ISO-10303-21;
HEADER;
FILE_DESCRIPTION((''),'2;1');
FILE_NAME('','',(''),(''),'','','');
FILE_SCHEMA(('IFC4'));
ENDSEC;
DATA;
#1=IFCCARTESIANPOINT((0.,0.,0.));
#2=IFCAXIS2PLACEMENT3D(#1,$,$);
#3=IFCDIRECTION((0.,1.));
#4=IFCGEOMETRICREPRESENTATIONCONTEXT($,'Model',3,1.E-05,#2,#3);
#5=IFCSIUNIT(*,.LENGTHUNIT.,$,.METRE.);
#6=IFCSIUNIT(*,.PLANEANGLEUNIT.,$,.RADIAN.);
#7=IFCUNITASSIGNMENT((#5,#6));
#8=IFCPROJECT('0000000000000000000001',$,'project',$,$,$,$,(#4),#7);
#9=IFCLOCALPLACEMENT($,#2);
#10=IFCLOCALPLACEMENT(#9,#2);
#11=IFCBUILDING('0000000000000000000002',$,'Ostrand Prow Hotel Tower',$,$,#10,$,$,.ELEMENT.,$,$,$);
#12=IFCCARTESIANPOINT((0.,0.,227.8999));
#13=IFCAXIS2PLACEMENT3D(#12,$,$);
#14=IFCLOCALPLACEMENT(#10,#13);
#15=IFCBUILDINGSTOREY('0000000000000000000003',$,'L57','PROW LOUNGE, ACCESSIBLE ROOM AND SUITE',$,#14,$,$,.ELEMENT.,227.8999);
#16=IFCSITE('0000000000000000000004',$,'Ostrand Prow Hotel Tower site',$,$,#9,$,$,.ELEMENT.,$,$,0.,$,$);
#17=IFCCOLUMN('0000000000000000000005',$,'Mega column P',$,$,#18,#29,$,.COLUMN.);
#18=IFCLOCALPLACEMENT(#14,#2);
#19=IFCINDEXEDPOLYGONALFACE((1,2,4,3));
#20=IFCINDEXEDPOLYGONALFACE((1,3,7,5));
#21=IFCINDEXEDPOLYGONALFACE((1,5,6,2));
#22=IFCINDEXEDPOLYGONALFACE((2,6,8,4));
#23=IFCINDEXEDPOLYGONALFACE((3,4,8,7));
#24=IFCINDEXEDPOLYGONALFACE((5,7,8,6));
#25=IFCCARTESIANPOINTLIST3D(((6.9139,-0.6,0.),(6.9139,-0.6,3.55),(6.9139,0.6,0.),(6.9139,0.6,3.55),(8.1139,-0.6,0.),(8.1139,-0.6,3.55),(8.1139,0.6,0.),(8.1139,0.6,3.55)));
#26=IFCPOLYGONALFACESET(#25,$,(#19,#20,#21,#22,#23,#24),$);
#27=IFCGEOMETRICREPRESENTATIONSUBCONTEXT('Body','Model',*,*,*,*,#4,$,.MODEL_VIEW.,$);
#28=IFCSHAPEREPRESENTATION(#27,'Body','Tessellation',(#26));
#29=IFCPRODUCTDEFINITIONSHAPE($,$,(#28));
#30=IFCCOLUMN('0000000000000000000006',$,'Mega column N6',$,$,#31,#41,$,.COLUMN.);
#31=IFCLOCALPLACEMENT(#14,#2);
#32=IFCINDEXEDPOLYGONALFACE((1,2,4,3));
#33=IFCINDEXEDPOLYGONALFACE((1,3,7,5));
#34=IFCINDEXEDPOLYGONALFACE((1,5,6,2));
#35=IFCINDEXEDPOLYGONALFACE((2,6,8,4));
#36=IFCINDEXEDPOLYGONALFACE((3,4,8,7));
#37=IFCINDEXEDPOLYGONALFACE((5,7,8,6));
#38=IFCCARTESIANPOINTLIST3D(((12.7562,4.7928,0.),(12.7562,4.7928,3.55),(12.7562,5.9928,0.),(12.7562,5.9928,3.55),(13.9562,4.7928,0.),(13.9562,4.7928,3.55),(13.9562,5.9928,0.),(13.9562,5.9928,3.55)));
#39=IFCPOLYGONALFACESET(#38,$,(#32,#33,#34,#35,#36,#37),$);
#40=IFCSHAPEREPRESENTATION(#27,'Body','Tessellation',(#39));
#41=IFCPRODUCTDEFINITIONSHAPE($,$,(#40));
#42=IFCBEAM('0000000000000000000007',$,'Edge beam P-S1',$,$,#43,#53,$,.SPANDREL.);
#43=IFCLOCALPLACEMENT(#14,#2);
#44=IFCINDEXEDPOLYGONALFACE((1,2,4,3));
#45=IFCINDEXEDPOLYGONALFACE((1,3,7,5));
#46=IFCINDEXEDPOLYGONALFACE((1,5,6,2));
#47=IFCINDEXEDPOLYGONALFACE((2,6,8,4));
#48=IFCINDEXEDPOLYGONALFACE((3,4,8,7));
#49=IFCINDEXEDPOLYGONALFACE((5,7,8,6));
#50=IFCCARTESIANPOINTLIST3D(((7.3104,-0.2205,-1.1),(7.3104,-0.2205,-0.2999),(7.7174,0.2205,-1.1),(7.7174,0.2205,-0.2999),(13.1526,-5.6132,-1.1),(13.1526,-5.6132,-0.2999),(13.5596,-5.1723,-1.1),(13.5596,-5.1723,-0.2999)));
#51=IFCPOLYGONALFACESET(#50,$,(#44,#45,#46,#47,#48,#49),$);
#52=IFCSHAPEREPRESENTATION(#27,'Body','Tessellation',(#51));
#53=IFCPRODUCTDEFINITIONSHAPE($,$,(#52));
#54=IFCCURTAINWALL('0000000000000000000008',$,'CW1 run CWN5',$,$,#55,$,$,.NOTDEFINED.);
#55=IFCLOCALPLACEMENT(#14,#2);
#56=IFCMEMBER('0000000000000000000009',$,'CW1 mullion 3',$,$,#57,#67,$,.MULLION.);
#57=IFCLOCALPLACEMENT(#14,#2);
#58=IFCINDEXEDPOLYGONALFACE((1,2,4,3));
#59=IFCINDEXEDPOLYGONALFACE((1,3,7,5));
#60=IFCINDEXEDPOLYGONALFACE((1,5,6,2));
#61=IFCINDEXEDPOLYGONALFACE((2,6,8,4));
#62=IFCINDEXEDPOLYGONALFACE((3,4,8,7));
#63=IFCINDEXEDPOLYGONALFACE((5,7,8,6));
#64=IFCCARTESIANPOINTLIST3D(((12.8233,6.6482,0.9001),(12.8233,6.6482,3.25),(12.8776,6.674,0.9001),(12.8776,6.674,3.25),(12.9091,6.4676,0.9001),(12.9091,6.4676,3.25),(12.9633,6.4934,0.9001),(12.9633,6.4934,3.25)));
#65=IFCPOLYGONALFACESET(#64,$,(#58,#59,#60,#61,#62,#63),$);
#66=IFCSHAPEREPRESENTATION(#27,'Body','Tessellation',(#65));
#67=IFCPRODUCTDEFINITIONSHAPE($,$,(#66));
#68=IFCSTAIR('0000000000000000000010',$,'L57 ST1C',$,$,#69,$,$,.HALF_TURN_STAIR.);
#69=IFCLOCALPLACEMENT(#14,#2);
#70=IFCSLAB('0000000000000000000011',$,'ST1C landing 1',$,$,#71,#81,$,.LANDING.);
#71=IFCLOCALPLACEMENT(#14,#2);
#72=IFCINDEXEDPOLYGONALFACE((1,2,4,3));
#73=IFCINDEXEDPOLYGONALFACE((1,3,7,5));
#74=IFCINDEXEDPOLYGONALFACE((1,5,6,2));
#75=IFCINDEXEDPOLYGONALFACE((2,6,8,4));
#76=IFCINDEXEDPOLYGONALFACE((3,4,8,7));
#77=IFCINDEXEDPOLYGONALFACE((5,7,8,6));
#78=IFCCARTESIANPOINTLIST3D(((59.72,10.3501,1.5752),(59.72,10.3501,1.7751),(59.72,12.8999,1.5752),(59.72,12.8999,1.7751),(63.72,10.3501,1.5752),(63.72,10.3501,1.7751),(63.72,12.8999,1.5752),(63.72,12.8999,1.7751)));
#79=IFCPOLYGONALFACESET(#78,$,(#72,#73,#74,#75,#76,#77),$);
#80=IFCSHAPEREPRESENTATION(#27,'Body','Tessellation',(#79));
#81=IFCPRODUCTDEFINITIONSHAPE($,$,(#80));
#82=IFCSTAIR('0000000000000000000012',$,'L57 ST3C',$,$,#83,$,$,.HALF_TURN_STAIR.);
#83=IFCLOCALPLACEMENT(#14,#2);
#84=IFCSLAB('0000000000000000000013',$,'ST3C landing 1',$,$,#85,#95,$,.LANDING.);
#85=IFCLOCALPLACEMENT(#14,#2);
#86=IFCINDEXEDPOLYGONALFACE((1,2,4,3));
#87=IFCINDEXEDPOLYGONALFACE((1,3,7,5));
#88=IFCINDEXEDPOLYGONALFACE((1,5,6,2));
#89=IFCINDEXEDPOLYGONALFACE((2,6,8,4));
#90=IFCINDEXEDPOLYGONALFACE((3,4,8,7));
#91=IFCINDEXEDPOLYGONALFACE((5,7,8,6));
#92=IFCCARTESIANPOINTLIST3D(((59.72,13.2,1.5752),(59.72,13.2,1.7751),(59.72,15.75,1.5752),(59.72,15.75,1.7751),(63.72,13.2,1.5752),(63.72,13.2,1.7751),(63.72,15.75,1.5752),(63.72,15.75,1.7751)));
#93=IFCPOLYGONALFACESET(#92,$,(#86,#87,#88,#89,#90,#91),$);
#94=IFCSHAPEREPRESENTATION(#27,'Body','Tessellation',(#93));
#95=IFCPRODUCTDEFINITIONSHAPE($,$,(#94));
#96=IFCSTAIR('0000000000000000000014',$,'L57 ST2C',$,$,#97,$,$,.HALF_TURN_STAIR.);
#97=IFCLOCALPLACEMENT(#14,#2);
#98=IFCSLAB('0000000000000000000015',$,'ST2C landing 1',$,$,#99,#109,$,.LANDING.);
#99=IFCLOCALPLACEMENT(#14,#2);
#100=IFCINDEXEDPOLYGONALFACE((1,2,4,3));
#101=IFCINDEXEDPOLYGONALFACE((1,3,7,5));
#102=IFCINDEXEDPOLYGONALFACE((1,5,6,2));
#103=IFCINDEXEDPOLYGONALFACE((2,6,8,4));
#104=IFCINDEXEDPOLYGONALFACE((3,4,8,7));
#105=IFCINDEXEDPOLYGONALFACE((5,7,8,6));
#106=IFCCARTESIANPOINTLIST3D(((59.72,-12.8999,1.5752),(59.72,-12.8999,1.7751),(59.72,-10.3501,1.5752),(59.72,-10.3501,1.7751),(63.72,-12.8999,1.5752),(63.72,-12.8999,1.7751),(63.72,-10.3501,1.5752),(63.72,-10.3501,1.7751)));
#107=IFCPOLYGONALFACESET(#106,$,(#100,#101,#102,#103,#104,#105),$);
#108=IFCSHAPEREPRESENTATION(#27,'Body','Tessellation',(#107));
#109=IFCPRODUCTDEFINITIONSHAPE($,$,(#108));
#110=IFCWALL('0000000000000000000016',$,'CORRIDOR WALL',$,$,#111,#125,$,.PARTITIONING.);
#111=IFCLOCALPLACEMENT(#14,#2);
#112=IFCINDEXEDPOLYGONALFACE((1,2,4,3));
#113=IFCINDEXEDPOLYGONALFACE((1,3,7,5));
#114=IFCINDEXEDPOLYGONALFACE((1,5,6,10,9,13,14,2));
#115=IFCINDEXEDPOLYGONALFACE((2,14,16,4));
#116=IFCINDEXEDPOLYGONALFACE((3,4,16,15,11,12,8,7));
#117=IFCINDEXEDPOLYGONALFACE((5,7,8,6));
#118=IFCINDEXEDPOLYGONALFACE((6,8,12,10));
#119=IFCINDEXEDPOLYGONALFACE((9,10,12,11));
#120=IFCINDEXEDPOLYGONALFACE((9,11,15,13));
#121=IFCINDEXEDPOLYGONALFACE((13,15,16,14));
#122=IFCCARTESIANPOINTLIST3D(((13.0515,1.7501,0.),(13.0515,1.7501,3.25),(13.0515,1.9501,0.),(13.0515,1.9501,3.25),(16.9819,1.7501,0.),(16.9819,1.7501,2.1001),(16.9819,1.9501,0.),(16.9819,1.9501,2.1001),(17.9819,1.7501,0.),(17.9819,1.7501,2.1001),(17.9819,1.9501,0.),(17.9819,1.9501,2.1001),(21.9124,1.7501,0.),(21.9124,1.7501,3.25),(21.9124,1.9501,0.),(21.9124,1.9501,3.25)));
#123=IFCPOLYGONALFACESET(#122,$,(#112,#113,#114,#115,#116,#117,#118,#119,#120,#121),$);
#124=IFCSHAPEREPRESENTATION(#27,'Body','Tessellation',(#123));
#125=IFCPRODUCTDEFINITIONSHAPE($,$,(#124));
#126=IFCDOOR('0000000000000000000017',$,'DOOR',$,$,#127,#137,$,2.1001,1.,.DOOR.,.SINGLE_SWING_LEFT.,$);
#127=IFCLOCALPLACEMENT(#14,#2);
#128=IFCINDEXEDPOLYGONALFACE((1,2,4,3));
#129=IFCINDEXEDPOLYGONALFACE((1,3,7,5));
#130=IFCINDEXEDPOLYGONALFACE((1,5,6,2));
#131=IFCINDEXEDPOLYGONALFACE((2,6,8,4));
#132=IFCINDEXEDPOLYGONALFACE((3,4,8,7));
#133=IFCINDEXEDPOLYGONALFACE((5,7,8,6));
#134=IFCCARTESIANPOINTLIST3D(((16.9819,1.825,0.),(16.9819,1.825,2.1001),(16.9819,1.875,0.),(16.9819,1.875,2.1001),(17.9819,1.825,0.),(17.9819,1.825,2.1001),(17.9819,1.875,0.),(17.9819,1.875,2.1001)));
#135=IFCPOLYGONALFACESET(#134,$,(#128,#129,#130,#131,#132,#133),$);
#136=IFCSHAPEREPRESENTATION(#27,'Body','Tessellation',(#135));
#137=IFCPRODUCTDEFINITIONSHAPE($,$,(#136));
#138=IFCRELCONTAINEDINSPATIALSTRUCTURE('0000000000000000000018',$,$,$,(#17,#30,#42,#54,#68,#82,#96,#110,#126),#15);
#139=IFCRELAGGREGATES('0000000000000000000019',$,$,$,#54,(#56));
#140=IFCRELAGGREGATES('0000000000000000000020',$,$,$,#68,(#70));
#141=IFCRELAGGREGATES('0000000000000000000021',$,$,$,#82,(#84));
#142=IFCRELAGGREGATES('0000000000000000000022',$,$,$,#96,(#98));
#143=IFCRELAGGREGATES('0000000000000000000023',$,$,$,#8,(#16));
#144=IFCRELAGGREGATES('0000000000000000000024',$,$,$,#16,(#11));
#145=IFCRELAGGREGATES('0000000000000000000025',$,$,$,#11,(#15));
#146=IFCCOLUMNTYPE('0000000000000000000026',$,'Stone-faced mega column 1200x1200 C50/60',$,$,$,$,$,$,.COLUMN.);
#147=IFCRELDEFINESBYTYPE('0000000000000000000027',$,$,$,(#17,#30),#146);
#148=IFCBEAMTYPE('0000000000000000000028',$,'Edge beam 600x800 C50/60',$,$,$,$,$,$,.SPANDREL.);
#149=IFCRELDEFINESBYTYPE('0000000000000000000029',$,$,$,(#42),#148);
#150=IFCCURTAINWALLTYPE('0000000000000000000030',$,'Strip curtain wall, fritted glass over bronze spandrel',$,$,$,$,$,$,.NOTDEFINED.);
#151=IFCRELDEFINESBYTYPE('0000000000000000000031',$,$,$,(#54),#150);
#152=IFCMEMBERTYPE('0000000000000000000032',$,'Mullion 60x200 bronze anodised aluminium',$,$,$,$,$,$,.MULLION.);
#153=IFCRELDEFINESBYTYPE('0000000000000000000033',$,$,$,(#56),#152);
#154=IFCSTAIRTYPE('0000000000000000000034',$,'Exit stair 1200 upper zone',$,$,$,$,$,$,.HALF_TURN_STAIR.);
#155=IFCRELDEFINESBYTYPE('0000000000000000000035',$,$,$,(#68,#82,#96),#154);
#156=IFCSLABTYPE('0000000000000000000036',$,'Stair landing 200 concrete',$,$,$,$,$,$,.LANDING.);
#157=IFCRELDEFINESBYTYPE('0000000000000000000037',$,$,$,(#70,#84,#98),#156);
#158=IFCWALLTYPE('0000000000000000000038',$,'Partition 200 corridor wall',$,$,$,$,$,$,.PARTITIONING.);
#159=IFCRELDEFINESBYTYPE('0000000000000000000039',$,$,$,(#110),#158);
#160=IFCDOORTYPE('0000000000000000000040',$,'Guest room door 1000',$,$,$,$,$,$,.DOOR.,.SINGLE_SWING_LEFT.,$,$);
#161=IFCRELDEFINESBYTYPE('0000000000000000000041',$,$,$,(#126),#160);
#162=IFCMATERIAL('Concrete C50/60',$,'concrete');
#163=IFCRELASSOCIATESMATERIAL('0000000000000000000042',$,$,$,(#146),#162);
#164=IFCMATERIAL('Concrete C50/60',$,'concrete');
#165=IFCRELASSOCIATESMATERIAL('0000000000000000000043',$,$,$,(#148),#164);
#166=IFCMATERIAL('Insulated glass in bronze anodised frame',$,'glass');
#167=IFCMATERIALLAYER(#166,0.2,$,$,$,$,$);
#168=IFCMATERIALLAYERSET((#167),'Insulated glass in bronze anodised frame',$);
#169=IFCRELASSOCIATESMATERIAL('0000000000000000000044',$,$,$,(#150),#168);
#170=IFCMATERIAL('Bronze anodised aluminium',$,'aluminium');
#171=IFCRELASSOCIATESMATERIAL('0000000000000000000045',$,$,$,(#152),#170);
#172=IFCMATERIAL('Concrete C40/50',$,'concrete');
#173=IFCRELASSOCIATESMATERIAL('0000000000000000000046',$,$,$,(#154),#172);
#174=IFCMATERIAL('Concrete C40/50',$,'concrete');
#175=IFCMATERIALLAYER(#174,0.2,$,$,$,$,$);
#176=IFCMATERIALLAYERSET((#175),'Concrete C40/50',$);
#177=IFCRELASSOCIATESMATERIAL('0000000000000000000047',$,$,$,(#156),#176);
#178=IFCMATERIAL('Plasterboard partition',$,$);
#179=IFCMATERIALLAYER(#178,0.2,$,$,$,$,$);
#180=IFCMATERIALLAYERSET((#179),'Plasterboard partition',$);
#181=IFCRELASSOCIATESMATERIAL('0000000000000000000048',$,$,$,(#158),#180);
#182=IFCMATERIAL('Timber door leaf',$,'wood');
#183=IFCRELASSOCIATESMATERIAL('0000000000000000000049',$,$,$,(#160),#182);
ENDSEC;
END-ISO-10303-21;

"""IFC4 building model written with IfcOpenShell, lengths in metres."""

from ifc_helpers import new_model, si_unit, direction, frame, frame_2d, origin, origin_2d, place, context, subcontext, project, spatial, polyline, rectangle, outline, extrude, material, layer, layer_set, material_profile, profile_set, type_object, element, fill, aggregate, save


model = new_model("IFC4")

# Units and contexts
model_context = context("Model", 3, precision=1e-05, world=origin(), true_north=direction((0.0, 1.0)))
body_context = subcontext(model_context, "Body", "Model", "MODEL_VIEW")
ifc_project = project(units=[si_unit("LENGTHUNIT", "METRE"), si_unit("PLANEANGLEUNIT", "RADIAN")], contexts=[model_context])

# Site, building, storey
site_placement = place(None, origin())
site = spatial("IfcSite", under=ifc_project, at=site_placement, Name="Ostrand Prow Hotel Tower site", CompositionType="ELEMENT", RefElevation=0.0)
building_placement = place(site_placement, origin())
building = spatial("IfcBuilding", under=site, at=building_placement, Name="Ostrand Prow Hotel Tower", CompositionType="ELEMENT")
storey_placement = place(building_placement, frame((0.0, 0.0, 227.8999)))
storey = spatial("IfcBuildingStorey", under=building, at=storey_placement, Name="L57", Description="PROW LOUNGE, ACCESSIBLE ROOM AND SUITE", CompositionType="ELEMENT", Elevation=227.8999)

# Columns
ifc_material_1 = material(Name="Concrete C50/60", Category="concrete")
ifc_material_profile_1 = material_profile(ifc_material_1, rectangle(XDim=1.2, YDim=1.2, at=origin_2d()), Name="RC 1200x1200")
ifc_profile_set_1 = profile_set([ifc_material_profile_1], Name="Concrete C50/60")
column_type = type_object("IfcColumnType", Name="Stone-faced mega column 1200x1200 C50/60", PredefinedType="COLUMN", material=ifc_profile_set_1)
for number, where, z_axis, x_axis, name in (
    (1, (7.5139, 0.0, 0.0), (0.0, 0.0, 1.0), (1.0, 0.0, 0.0), "Mega column P"),
    (2, (13.3562, 5.3928, 0.0), (0.0, 0.0, 1.0), (1.0, 0.0, 0.0), "Mega column N6"),
):
    element("IfcColumn", number, at=place(storey_placement, frame(where, z_axis=z_axis, x_axis=x_axis)), inside=storey, type_object=column_type, Name=name, PredefinedType="COLUMN", context=body_context, shape_type="SweptSolid", body=[
        extrude(rectangle(XDim=1.2, YDim=1.2, at=origin_2d()), origin(), (0.0, 0.0, 1.0), 3.55),
    ])

# Beam
ifc_material_2 = material(Name="Concrete C50/60", Category="concrete")
ifc_material_profile_2 = material_profile(ifc_material_2, rectangle(XDim=0.6001, YDim=0.8, at=origin_2d()), Name="RC 600x800")
ifc_profile_set_2 = profile_set([ifc_material_profile_2], Name="Concrete C50/60")
beam_type = type_object("IfcBeamType", Name="Edge beam 600x800 C50/60", PredefinedType="SPANDREL", material=ifc_profile_set_2)
beam_placement = place(storey_placement, frame((7.5139, 0.0, -0.7), z_axis=(0.734807, -0.678276, 0.0), x_axis=(0.678276, 0.734807, 0.0)))
element("IfcBeam", 3, at=beam_placement, inside=storey, type_object=beam_type, Name="Edge beam P-S1", PredefinedType="SPANDREL", context=body_context, shape_type="SweptSolid", body=[
    extrude(rectangle(XDim=0.6001, YDim=0.8, at=origin_2d()), origin(), (0.0, 0.0, 1.0), 7.9507),
])

# Curtain wall, member
ifc_material_3 = material(Name="Insulated glass in bronze anodised frame", Category="glass")
ifc_layer_1 = layer(ifc_material_3, 0.2)
ifc_layer_set_1 = layer_set([ifc_layer_1], Name="Insulated glass in bronze anodised frame")
curtain_wall_type = type_object("IfcCurtainWallType", Name="Strip curtain wall, fritted glass over bronze spandrel", PredefinedType="NOTDEFINED", material=ifc_layer_set_1)
curtain_wall_placement = place(storey_placement, origin())
curtain_wall = element("IfcCurtainWall", 4, at=curtain_wall_placement, inside=storey, type_object=curtain_wall_type, Name="CW1 run CWN5", PredefinedType="NOTDEFINED")
ifc_material_4 = material(Name="Bronze anodised aluminium", Category="aluminium")
ifc_material_profile_3 = material_profile(ifc_material_4, rectangle(XDim=0.2, YDim=0.0601, at=origin_2d()), Name="Mullion 60x200 bronze anodised aluminium")
ifc_profile_set_3 = profile_set([ifc_material_profile_3], Name="Bronze anodised aluminium")
member_type = type_object("IfcMemberType", Name="Mullion 60x200 bronze anodised aluminium", PredefinedType="MULLION", material=ifc_profile_set_3)
member_placement = place(storey_placement, frame((12.8933, 6.5708, 0.9001), z_axis=(0.0, 0.0, 1.0), x_axis=(0.428861, -0.90337, 0.0)))
member = element("IfcMember", 5, at=member_placement, type_object=member_type, Name="CW1 mullion 3", PredefinedType="MULLION", context=body_context, shape_type="SweptSolid", body=[
    extrude(rectangle(XDim=0.2, YDim=0.0601, at=origin_2d()), origin(), (0.0, 0.0, 1.0), 2.3499),
])
aggregate(curtain_wall, [member])

# Stairs, slabs
ifc_material_5 = material(Name="Concrete C40/50", Category="concrete")
stair_type = type_object("IfcStairType", Name="Exit stair 1200 upper zone", PredefinedType="HALF_TURN_STAIR", material=ifc_material_5)
stair_1_placement = place(storey_placement, origin())
stair_1 = element("IfcStair", 6, at=stair_1_placement, inside=storey, type_object=stair_type, Name="L57 ST1C", PredefinedType="HALF_TURN_STAIR")
ifc_material_6 = material(Name="Concrete C40/50", Category="concrete")
ifc_layer_2 = layer(ifc_material_6, 0.2)
ifc_layer_set_2 = layer_set([ifc_layer_2], Name="Concrete C40/50")
slab_type = type_object("IfcSlabType", Name="Stair landing 200 concrete", PredefinedType="LANDING", material=ifc_layer_set_2)
slab_1_placement = place(storey_placement, frame((0.0, 0.0, 1.5752)))
slab_1 = element("IfcSlab", 7, at=slab_1_placement, type_object=slab_type, Name="ST1C landing 1", PredefinedType="LANDING", context=body_context, shape_type="SweptSolid", body=[
    extrude(outline(polyline([(59.72, 10.3501), (63.72, 10.3501), (63.72, 12.8999), (59.72, 12.8999), (59.72, 10.3501)])), origin(), (0.0, 0.0, 1.0), 0.2),
])
aggregate(stair_1, [slab_1])
stair_2_placement = place(storey_placement, origin())
stair_2 = element("IfcStair", 8, at=stair_2_placement, inside=storey, type_object=stair_type, Name="L57 ST3C", PredefinedType="HALF_TURN_STAIR")
slab_2_placement = place(storey_placement, frame((0.0, 0.0, 1.5752)))
slab_2 = element("IfcSlab", 9, at=slab_2_placement, type_object=slab_type, Name="ST3C landing 1", PredefinedType="LANDING", context=body_context, shape_type="SweptSolid", body=[
    extrude(outline(polyline([(59.72, 13.2), (63.72, 13.2), (63.72, 15.75), (59.72, 15.75), (59.72, 13.2)])), origin(), (0.0, 0.0, 1.0), 0.2),
])
aggregate(stair_2, [slab_2])
stair_3_placement = place(storey_placement, origin())
stair_3 = element("IfcStair", 10, at=stair_3_placement, inside=storey, type_object=stair_type, Name="L57 ST2C", PredefinedType="HALF_TURN_STAIR")
slab_3_placement = place(storey_placement, frame((0.0, 0.0, 1.5752)))
slab_3 = element("IfcSlab", 11, at=slab_3_placement, type_object=slab_type, Name="ST2C landing 1", PredefinedType="LANDING", context=body_context, shape_type="SweptSolid", body=[
    extrude(outline(polyline([(59.72, -12.8999), (63.72, -12.8999), (63.72, -10.3501), (59.72, -10.3501), (59.72, -12.8999)])), origin(), (0.0, 0.0, 1.0), 0.2),
])
aggregate(stair_3, [slab_3])

# Wall, opening, door
ifc_material_7 = material(Name="Plasterboard partition")
ifc_layer_3 = layer(ifc_material_7, 0.2)
ifc_layer_set_3 = layer_set([ifc_layer_3], Name="Plasterboard partition")
wall_type_1 = type_object("IfcWallType", Name="Partition 200 corridor wall", PredefinedType="PARTITIONING", material=ifc_layer_set_3)
wall_1_placement = place(storey_placement, frame((13.0515, 1.8501, 0.0), z_axis=(0.0, 0.0, 1.0), x_axis=(1.0, 0.0, 0.0)))
wall_1 = element("IfcWall", 12, at=wall_1_placement, inside=storey, type_object=wall_type_1, Name="CORRIDOR WALL", PredefinedType="PARTITIONING", context=body_context, shape_type="SweptSolid", body=[
    extrude(rectangle(XDim=8.8608, YDim=0.2, at=frame_2d((4.4304, 0.0))), origin(), (0.0, 0.0, 1.0), 3.25),
])
opening_1_placement = place(wall_1_placement, frame((3.9304, 0.0, 0.0)))
opening_1 = element("IfcOpeningElement", 13, at=opening_1_placement, cuts=wall_1, PredefinedType="OPENING", context=body_context, shape_type="SweptSolid", body=[
    extrude(rectangle(XDim=1.0, YDim=2.1001, at=frame_2d((0.5, 1.05))), frame((0.0, 0.1099, 0.0), z_axis=(0.0, -1.0, 0.0), x_axis=(1.0, 0.0, 0.0)), (0.0, 0.0, 1.0), 0.22),
])
ifc_material_8 = material(Name="Timber door leaf", Category="wood")
door_type = type_object("IfcDoorType", Name="Guest room door 1000", OperationType="SINGLE_SWING_LEFT", PredefinedType="DOOR", material=ifc_material_8)
door_placement = place(opening_1_placement, origin())
door = element("IfcDoor", 14, at=door_placement, inside=storey, type_object=door_type, Name="DOOR", OperationType="SINGLE_SWING_LEFT", OverallHeight=2.1001, OverallWidth=1.0, PredefinedType="DOOR", context=body_context, shape_type="SweptSolid", body=[
    extrude(rectangle(XDim=1.0, YDim=2.1001, at=frame_2d((0.5, 1.05))), frame((0.0, 0.0249, 0.0), z_axis=(0.0, -1.0, 0.0), x_axis=(1.0, 0.0, 0.0)), (0.0, 0.0, 1.0), 0.05),
])
fill(opening_1, door)

save(model, "model.ifc")
